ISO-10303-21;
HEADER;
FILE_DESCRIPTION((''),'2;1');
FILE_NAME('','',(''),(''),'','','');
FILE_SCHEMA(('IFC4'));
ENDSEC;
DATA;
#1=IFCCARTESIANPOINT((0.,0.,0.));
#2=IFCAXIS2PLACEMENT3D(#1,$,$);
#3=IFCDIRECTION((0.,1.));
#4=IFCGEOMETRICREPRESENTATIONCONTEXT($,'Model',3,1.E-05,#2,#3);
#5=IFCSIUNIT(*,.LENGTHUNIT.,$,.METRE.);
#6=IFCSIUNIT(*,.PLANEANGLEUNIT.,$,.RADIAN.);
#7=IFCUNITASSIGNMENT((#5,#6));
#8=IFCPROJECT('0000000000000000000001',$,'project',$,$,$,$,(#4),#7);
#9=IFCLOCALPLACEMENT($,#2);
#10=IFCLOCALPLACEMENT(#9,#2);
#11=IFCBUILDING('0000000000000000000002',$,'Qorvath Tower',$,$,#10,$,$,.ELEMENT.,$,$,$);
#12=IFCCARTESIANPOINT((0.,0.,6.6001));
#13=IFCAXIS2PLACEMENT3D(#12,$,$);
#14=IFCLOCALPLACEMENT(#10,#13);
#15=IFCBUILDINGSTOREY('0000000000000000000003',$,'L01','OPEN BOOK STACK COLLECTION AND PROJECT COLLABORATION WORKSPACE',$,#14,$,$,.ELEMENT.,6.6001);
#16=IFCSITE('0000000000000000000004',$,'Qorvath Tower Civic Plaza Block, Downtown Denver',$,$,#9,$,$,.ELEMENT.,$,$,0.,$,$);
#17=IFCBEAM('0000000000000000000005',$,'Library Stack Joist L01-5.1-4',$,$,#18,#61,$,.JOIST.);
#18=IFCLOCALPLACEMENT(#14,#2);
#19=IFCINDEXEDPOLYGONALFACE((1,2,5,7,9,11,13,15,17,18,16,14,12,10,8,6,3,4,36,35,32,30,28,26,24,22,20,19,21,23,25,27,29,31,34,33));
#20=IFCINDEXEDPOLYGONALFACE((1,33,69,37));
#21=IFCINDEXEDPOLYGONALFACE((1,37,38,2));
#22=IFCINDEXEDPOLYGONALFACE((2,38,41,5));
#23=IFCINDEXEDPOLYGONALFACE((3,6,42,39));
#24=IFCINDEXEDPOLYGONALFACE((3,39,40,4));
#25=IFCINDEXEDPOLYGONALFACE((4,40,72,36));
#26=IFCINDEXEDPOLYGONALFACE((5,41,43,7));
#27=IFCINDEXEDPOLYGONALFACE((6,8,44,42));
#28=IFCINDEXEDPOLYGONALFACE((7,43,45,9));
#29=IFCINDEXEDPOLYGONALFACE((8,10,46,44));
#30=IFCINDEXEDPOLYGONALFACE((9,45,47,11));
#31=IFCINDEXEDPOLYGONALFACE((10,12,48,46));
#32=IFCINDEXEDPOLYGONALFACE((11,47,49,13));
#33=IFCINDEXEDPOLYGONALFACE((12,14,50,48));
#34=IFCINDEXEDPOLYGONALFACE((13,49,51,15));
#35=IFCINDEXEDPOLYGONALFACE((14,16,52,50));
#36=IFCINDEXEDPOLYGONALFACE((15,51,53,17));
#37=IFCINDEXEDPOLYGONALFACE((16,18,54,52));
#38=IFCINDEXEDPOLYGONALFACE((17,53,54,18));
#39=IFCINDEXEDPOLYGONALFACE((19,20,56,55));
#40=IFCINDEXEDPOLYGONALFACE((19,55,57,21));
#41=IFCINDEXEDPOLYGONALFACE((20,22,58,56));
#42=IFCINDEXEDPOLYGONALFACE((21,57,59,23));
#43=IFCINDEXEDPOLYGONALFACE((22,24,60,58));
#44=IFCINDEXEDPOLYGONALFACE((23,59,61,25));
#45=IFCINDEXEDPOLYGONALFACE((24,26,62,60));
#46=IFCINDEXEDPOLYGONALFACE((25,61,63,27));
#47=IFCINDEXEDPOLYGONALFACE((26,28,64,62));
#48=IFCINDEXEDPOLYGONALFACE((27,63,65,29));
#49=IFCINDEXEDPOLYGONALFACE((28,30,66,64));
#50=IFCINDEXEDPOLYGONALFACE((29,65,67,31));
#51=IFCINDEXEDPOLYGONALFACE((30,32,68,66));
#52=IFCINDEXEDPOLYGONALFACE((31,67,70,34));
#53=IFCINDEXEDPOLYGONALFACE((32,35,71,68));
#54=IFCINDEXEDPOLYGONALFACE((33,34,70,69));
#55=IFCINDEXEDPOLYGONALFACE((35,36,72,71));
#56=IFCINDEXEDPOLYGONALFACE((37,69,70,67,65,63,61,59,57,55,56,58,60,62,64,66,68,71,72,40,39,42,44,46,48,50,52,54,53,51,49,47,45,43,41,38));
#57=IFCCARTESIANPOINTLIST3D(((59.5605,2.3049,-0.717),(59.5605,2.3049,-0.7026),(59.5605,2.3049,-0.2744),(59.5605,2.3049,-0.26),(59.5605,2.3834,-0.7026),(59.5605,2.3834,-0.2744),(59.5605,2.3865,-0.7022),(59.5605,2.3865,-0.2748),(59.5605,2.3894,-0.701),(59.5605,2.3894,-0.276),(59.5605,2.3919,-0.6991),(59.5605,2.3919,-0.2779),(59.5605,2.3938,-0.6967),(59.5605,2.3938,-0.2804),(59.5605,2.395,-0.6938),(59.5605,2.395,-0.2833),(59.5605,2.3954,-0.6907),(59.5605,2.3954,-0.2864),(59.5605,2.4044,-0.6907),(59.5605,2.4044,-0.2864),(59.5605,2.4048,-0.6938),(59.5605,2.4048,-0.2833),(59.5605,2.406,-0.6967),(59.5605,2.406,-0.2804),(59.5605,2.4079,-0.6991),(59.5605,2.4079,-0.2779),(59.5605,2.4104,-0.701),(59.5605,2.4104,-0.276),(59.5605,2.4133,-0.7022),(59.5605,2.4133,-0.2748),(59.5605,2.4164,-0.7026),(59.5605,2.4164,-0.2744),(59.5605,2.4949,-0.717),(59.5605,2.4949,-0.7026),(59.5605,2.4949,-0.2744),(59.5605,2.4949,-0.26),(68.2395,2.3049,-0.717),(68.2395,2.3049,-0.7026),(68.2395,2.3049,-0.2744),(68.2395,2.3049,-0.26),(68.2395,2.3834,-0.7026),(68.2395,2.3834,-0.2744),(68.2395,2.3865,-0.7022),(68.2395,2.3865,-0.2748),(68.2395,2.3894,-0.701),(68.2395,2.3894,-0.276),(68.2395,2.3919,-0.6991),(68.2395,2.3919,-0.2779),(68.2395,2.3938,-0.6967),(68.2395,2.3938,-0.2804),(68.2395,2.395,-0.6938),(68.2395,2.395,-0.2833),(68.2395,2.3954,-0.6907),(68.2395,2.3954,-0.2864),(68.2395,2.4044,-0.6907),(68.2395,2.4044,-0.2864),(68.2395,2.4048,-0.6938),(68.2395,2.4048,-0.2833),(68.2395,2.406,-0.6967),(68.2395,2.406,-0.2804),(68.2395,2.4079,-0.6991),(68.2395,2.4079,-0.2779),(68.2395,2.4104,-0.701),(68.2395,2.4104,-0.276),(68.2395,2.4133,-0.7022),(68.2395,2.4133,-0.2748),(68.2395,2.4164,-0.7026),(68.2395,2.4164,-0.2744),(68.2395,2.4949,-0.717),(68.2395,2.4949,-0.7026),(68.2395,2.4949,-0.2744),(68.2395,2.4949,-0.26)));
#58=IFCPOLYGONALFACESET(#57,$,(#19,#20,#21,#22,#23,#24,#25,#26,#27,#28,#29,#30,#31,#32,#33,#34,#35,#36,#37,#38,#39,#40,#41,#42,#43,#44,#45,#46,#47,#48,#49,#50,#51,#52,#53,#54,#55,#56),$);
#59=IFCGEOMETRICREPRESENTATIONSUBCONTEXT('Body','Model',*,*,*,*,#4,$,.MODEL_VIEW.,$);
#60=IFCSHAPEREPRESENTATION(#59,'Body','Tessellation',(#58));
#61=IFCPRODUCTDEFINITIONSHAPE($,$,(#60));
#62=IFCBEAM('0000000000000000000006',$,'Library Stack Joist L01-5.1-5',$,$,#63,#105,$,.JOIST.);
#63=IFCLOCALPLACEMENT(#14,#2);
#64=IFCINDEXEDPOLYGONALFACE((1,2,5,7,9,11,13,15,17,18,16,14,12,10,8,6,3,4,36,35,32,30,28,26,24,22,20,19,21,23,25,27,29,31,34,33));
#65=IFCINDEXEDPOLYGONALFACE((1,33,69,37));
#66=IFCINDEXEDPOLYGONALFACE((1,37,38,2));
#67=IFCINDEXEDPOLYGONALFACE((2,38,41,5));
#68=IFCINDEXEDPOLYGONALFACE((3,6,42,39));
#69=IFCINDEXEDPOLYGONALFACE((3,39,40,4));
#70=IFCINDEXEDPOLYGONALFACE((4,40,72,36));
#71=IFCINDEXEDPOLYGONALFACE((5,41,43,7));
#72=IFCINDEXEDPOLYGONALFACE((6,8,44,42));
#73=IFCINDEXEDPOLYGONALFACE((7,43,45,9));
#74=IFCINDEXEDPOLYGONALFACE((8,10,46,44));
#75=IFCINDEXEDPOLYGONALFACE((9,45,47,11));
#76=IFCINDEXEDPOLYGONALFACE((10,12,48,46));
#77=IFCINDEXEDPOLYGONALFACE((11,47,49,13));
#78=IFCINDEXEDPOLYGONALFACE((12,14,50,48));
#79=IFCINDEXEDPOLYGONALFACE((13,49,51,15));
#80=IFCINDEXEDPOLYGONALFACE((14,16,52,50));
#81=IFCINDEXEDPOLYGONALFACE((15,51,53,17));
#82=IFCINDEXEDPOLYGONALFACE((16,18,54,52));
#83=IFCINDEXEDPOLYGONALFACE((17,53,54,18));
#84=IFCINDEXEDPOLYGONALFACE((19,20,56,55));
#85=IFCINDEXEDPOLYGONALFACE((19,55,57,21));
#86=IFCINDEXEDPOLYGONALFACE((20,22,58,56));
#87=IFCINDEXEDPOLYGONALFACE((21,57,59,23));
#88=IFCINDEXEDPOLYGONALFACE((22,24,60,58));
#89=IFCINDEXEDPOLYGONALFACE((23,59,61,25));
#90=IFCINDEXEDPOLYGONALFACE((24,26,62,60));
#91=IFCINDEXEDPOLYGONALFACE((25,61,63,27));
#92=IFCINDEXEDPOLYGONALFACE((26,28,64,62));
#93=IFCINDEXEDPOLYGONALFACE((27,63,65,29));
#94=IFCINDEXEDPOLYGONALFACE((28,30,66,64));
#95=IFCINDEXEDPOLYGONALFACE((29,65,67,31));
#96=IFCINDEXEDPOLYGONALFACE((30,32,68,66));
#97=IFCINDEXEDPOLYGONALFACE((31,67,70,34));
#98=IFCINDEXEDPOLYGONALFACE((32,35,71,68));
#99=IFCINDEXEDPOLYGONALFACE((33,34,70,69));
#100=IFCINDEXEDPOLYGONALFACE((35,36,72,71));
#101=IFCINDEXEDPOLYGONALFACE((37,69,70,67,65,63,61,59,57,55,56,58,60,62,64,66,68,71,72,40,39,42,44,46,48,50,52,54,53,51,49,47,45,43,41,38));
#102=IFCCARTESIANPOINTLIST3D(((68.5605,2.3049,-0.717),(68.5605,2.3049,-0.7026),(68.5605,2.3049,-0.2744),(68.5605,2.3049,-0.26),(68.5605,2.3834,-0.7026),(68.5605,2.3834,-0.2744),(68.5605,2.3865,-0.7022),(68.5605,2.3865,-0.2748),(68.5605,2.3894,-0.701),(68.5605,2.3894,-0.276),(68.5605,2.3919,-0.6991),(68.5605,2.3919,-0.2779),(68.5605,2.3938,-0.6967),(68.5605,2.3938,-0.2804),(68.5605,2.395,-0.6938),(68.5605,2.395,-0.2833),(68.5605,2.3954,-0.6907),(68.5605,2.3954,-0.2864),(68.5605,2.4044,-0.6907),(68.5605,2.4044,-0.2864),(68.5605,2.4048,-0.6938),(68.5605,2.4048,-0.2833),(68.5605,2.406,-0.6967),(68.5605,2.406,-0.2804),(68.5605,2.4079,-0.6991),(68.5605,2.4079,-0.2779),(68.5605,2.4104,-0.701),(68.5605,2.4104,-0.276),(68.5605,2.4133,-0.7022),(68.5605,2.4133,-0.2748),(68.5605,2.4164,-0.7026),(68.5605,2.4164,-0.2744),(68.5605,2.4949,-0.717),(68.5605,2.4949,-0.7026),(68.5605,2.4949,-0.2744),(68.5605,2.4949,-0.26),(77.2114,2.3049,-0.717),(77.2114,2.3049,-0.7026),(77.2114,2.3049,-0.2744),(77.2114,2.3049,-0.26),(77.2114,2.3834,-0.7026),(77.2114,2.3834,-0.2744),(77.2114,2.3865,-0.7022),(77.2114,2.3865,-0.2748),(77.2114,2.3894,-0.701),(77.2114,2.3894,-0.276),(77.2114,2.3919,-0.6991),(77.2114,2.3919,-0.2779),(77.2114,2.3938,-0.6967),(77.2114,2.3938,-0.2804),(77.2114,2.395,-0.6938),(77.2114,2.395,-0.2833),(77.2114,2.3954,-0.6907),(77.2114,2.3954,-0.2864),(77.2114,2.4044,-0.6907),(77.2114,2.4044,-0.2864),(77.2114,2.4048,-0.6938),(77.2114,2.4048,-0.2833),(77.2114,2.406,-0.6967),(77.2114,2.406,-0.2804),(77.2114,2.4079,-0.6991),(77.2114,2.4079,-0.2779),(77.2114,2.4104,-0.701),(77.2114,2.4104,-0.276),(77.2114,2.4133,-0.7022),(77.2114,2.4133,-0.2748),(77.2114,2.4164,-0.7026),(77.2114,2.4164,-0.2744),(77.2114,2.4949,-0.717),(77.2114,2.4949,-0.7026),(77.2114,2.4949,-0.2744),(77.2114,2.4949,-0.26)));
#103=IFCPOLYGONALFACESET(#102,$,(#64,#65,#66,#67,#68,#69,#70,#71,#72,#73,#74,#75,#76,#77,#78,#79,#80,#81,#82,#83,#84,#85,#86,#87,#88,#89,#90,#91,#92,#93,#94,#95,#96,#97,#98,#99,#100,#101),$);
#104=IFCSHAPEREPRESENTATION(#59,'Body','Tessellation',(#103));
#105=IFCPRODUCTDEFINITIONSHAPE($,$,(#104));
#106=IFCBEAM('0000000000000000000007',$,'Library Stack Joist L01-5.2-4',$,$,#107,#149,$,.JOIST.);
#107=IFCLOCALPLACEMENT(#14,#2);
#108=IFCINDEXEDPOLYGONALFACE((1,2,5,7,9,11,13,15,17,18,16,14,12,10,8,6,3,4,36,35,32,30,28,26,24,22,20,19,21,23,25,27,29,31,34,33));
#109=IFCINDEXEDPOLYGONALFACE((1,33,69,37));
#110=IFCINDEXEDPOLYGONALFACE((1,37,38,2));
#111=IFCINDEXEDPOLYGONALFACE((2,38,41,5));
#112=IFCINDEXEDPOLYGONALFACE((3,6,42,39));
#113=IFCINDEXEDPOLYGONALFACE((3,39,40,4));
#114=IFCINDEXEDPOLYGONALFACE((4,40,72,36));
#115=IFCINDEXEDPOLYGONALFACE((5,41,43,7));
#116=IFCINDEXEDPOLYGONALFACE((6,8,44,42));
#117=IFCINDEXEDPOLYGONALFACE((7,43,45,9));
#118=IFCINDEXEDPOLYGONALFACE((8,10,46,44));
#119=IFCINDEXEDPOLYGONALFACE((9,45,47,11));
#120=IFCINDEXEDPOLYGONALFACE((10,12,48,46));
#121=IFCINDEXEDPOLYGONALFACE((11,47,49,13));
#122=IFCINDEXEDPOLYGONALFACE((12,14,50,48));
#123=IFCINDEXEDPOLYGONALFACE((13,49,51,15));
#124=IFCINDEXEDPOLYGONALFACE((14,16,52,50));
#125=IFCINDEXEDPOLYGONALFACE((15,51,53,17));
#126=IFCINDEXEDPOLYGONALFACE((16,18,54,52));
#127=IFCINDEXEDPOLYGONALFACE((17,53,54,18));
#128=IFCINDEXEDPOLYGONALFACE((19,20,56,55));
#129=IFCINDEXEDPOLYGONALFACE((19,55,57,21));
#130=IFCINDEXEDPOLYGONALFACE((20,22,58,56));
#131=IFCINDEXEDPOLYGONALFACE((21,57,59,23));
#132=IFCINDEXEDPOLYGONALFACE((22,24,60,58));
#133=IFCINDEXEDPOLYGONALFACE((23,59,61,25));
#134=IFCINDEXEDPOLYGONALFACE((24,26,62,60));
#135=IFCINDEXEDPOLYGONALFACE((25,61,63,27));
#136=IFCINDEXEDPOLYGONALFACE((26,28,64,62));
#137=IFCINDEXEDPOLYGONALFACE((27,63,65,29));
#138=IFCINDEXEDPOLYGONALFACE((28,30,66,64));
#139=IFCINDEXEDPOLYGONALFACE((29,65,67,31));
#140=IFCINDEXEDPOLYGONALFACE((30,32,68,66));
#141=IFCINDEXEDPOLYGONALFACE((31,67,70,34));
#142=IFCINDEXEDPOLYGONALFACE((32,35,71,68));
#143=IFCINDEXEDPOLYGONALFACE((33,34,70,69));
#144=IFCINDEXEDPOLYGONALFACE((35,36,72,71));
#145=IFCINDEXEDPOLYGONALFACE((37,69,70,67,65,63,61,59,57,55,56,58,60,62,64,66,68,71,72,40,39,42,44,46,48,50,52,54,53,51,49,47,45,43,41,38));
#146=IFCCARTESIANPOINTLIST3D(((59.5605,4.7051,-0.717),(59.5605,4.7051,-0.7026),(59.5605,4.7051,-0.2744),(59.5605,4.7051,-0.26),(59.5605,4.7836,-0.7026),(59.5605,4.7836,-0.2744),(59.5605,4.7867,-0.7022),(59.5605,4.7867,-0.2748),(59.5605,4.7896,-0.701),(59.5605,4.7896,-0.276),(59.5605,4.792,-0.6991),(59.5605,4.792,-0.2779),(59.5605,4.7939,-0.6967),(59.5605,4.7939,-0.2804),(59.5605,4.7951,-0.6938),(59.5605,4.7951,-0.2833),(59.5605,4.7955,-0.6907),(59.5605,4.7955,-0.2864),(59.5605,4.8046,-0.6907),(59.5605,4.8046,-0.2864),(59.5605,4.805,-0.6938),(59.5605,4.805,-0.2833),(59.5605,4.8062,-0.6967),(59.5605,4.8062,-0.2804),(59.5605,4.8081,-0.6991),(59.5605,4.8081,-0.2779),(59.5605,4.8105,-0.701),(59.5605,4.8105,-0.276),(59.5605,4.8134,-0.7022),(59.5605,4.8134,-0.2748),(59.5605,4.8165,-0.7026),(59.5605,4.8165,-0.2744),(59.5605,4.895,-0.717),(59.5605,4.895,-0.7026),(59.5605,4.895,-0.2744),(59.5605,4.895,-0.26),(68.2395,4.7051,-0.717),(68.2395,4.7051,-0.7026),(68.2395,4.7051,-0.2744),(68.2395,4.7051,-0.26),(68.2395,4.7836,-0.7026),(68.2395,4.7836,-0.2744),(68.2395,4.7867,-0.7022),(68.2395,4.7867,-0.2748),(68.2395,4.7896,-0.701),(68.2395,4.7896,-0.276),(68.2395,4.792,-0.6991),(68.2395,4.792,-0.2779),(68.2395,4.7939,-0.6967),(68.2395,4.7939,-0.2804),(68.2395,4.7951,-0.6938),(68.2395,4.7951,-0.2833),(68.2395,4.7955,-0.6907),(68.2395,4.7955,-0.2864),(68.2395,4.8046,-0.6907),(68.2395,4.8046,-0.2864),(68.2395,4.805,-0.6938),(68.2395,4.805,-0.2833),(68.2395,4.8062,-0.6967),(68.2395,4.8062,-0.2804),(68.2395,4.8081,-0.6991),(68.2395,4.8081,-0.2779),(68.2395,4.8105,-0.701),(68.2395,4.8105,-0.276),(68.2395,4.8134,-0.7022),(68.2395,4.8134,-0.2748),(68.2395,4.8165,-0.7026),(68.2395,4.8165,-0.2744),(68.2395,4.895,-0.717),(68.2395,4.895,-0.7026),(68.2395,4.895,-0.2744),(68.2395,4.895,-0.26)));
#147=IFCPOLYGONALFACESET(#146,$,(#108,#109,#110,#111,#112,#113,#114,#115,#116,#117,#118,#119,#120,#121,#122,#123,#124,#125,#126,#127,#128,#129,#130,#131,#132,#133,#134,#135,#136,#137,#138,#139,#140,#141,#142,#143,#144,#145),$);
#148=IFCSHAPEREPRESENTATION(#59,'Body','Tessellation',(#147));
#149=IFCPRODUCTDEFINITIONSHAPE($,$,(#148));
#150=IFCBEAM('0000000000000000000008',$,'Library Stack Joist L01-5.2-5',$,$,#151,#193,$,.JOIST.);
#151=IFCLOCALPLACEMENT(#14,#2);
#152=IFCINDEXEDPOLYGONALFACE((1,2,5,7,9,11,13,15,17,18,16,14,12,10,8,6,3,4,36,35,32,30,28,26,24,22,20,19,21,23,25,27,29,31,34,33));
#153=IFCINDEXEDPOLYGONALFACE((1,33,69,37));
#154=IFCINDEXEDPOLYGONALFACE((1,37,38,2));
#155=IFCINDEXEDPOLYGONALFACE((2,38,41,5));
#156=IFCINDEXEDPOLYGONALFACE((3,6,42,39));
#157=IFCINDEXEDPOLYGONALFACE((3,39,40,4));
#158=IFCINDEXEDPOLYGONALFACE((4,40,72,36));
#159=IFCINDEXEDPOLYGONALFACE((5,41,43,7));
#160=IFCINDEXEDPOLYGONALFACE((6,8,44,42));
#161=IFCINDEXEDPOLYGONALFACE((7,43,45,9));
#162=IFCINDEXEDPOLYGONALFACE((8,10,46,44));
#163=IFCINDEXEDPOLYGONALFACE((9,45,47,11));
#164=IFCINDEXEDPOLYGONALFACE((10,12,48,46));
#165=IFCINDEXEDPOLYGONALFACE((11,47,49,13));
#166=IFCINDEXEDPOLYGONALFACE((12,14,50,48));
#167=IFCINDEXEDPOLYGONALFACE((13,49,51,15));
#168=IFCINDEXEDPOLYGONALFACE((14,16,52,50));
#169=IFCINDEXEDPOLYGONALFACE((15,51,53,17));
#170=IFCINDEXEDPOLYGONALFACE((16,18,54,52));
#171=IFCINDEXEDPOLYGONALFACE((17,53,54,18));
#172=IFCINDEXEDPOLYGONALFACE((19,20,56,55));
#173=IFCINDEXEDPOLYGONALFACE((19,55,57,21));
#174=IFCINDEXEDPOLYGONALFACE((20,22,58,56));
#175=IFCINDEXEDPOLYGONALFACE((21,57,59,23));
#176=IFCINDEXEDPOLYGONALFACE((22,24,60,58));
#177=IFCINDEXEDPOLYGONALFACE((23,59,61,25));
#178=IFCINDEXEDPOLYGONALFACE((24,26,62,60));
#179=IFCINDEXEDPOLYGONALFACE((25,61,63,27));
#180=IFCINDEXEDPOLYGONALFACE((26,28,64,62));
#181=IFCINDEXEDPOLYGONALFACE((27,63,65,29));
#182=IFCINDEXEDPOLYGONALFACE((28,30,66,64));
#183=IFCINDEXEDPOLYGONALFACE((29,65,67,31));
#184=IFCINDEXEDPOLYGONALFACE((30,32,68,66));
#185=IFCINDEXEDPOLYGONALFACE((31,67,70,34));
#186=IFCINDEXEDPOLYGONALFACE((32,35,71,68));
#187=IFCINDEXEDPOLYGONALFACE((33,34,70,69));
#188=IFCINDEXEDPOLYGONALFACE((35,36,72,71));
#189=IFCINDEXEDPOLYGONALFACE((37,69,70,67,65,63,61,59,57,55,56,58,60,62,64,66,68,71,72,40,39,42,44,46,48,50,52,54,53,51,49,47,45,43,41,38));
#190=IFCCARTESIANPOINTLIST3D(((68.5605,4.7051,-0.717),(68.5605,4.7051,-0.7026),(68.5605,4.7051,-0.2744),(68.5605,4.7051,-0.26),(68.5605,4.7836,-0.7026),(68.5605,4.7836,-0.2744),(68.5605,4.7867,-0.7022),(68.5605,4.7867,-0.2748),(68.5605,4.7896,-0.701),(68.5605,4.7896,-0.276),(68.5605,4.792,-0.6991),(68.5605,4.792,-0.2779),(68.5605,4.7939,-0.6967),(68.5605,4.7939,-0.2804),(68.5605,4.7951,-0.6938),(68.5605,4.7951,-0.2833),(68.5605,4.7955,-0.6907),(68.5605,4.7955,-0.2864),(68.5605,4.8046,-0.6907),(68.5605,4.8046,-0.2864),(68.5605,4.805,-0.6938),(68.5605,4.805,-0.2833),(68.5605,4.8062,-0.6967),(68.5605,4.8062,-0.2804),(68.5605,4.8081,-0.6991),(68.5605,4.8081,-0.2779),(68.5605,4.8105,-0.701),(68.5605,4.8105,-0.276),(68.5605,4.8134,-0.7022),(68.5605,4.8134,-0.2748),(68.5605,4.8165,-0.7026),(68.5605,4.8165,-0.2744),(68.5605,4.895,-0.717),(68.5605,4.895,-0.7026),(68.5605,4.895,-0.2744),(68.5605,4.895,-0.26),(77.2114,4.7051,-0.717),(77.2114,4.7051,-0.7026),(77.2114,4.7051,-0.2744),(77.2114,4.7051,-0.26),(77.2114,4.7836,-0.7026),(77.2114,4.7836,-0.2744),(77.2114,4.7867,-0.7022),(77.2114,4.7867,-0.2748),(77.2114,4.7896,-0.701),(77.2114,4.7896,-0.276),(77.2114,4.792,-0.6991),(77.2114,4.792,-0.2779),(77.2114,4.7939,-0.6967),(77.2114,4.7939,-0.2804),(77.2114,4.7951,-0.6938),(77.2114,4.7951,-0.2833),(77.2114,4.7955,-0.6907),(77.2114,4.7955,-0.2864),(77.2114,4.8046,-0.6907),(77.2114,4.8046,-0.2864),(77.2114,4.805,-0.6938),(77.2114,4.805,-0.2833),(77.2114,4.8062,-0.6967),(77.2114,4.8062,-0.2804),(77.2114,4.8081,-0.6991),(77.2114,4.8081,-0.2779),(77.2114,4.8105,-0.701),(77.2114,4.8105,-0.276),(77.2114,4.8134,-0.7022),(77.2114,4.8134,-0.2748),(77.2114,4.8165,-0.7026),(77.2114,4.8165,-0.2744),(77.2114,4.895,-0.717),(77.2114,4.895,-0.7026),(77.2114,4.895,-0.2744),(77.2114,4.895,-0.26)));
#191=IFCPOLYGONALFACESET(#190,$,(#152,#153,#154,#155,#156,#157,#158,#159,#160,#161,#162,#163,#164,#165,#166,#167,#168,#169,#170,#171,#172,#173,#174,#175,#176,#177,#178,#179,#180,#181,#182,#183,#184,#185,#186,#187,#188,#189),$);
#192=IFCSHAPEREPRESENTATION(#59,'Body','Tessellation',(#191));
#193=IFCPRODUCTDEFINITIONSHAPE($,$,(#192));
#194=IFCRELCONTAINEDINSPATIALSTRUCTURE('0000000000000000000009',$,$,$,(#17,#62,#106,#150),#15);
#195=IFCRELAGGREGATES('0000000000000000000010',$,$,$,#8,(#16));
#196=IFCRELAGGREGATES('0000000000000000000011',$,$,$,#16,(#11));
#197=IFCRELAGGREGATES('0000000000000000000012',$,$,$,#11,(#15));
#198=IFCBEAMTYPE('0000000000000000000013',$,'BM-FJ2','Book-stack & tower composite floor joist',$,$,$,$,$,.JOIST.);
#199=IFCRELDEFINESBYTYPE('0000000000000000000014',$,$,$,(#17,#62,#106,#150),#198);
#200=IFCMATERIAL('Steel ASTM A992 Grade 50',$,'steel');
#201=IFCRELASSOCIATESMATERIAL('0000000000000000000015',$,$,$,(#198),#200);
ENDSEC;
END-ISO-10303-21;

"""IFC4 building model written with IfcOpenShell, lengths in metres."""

from ifc_helpers import new_model, si_unit, direction, frame, origin, origin_2d, place, context, subcontext, project, spatial, i_section, extrude, material, material_profile, profile_set, type_object, element, save


model = new_model("IFC4")

# Units and contexts
model_context = context("Model", 3, precision=1e-05, world=origin(), true_north=direction((0.0, 1.0)))
body_context = subcontext(model_context, "Body", "Model", "MODEL_VIEW")
ifc_project = project(units=[si_unit("LENGTHUNIT", "METRE"), si_unit("PLANEANGLEUNIT", "RADIAN")], contexts=[model_context])

# Site, building, storey
site_placement = place(None, origin())
site = spatial("IfcSite", under=ifc_project, at=site_placement, Name="Qorvath Tower Civic Plaza Block, Downtown Denver", CompositionType="ELEMENT", RefElevation=0.0)
building_placement = place(site_placement, origin())
building = spatial("IfcBuilding", under=site, at=building_placement, Name="Qorvath Tower", CompositionType="ELEMENT")
storey_placement = place(building_placement, frame((0.0, 0.0, 6.6001)))
storey = spatial("IfcBuildingStorey", under=building, at=storey_placement, Name="L01", Description="OPEN BOOK STACK COLLECTION AND PROJECT COLLABORATION WORKSPACE", CompositionType="ELEMENT", Elevation=6.6001)

# Beams
ifc_material_1 = material(Name="Steel ASTM A992 Grade 50", Category="steel")
ifc_material_profile_1 = material_profile(ifc_material_1, i_section(OverallWidth=0.1899, OverallDepth=0.457, WebThickness=0.009, FlangeThickness=0.0144, FilletRadius=0.012, at=origin_2d()), Name="W18x50")
ifc_profile_set_1 = profile_set([ifc_material_profile_1], Name="Steel ASTM A992 Grade 50")
beam_type_1 = type_object("IfcBeamType", Name="BM-FJ2", Description="Book-stack & tower composite floor joist", PredefinedType="JOIST", material=ifc_profile_set_1)
beam_1_placement = place(storey_placement, frame((59.5605, 2.3999, -0.4885), z_axis=(1.0, 0.0, 0.0), x_axis=(0.0, 1.0, 0.0)))
element("IfcBeam", 1, at=beam_1_placement, inside=storey, type_object=beam_type_1, Name="Library Stack Joist L01-5.1-4", PredefinedType="JOIST", context=body_context, shape_type="SweptSolid", body=[
    extrude(i_section(OverallWidth=0.1899, OverallDepth=0.457, WebThickness=0.009, FlangeThickness=0.0144, FilletRadius=0.012, at=origin_2d()), origin(), (0.0, 0.0, 1.0), 8.679),
])
beam_2_placement = place(storey_placement, frame((68.5605, 2.3999, -0.4885), z_axis=(1.0, 0.0, 0.0), x_axis=(0.0, 1.0, 0.0)))
element("IfcBeam", 2, at=beam_2_placement, inside=storey, type_object=beam_type_1, Name="Library Stack Joist L01-5.1-5", PredefinedType="JOIST", context=body_context, shape_type="SweptSolid", body=[
    extrude(i_section(OverallWidth=0.1899, OverallDepth=0.457, WebThickness=0.009, FlangeThickness=0.0144, FilletRadius=0.012, at=origin_2d()), origin(), (0.0, 0.0, 1.0), 8.6509),
])
beam_3_placement = place(storey_placement, frame((59.5605, 4.8, -0.4885), z_axis=(1.0, 0.0, 0.0), x_axis=(0.0, 1.0, 0.0)))
element("IfcBeam", 3, at=beam_3_placement, inside=storey, type_object=beam_type_1, Name="Library Stack Joist L01-5.2-4", PredefinedType="JOIST", context=body_context, shape_type="SweptSolid", body=[
    extrude(i_section(OverallWidth=0.1899, OverallDepth=0.457, WebThickness=0.009, FlangeThickness=0.0144, FilletRadius=0.012, at=origin_2d()), origin(), (0.0, 0.0, 1.0), 8.679),
])
beam_4_placement = place(storey_placement, frame((68.5605, 4.8, -0.4885), z_axis=(1.0, 0.0, 0.0), x_axis=(0.0, 1.0, 0.0)))
element("IfcBeam", 4, at=beam_4_placement, inside=storey, type_object=beam_type_1, Name="Library Stack Joist L01-5.2-5", PredefinedType="JOIST", context=body_context, shape_type="SweptSolid", body=[
    extrude(i_section(OverallWidth=0.1899, OverallDepth=0.457, WebThickness=0.009, FlangeThickness=0.0144, FilletRadius=0.012, at=origin_2d()), origin(), (0.0, 0.0, 1.0), 8.6509),
])

save(model, "model.ifc")
